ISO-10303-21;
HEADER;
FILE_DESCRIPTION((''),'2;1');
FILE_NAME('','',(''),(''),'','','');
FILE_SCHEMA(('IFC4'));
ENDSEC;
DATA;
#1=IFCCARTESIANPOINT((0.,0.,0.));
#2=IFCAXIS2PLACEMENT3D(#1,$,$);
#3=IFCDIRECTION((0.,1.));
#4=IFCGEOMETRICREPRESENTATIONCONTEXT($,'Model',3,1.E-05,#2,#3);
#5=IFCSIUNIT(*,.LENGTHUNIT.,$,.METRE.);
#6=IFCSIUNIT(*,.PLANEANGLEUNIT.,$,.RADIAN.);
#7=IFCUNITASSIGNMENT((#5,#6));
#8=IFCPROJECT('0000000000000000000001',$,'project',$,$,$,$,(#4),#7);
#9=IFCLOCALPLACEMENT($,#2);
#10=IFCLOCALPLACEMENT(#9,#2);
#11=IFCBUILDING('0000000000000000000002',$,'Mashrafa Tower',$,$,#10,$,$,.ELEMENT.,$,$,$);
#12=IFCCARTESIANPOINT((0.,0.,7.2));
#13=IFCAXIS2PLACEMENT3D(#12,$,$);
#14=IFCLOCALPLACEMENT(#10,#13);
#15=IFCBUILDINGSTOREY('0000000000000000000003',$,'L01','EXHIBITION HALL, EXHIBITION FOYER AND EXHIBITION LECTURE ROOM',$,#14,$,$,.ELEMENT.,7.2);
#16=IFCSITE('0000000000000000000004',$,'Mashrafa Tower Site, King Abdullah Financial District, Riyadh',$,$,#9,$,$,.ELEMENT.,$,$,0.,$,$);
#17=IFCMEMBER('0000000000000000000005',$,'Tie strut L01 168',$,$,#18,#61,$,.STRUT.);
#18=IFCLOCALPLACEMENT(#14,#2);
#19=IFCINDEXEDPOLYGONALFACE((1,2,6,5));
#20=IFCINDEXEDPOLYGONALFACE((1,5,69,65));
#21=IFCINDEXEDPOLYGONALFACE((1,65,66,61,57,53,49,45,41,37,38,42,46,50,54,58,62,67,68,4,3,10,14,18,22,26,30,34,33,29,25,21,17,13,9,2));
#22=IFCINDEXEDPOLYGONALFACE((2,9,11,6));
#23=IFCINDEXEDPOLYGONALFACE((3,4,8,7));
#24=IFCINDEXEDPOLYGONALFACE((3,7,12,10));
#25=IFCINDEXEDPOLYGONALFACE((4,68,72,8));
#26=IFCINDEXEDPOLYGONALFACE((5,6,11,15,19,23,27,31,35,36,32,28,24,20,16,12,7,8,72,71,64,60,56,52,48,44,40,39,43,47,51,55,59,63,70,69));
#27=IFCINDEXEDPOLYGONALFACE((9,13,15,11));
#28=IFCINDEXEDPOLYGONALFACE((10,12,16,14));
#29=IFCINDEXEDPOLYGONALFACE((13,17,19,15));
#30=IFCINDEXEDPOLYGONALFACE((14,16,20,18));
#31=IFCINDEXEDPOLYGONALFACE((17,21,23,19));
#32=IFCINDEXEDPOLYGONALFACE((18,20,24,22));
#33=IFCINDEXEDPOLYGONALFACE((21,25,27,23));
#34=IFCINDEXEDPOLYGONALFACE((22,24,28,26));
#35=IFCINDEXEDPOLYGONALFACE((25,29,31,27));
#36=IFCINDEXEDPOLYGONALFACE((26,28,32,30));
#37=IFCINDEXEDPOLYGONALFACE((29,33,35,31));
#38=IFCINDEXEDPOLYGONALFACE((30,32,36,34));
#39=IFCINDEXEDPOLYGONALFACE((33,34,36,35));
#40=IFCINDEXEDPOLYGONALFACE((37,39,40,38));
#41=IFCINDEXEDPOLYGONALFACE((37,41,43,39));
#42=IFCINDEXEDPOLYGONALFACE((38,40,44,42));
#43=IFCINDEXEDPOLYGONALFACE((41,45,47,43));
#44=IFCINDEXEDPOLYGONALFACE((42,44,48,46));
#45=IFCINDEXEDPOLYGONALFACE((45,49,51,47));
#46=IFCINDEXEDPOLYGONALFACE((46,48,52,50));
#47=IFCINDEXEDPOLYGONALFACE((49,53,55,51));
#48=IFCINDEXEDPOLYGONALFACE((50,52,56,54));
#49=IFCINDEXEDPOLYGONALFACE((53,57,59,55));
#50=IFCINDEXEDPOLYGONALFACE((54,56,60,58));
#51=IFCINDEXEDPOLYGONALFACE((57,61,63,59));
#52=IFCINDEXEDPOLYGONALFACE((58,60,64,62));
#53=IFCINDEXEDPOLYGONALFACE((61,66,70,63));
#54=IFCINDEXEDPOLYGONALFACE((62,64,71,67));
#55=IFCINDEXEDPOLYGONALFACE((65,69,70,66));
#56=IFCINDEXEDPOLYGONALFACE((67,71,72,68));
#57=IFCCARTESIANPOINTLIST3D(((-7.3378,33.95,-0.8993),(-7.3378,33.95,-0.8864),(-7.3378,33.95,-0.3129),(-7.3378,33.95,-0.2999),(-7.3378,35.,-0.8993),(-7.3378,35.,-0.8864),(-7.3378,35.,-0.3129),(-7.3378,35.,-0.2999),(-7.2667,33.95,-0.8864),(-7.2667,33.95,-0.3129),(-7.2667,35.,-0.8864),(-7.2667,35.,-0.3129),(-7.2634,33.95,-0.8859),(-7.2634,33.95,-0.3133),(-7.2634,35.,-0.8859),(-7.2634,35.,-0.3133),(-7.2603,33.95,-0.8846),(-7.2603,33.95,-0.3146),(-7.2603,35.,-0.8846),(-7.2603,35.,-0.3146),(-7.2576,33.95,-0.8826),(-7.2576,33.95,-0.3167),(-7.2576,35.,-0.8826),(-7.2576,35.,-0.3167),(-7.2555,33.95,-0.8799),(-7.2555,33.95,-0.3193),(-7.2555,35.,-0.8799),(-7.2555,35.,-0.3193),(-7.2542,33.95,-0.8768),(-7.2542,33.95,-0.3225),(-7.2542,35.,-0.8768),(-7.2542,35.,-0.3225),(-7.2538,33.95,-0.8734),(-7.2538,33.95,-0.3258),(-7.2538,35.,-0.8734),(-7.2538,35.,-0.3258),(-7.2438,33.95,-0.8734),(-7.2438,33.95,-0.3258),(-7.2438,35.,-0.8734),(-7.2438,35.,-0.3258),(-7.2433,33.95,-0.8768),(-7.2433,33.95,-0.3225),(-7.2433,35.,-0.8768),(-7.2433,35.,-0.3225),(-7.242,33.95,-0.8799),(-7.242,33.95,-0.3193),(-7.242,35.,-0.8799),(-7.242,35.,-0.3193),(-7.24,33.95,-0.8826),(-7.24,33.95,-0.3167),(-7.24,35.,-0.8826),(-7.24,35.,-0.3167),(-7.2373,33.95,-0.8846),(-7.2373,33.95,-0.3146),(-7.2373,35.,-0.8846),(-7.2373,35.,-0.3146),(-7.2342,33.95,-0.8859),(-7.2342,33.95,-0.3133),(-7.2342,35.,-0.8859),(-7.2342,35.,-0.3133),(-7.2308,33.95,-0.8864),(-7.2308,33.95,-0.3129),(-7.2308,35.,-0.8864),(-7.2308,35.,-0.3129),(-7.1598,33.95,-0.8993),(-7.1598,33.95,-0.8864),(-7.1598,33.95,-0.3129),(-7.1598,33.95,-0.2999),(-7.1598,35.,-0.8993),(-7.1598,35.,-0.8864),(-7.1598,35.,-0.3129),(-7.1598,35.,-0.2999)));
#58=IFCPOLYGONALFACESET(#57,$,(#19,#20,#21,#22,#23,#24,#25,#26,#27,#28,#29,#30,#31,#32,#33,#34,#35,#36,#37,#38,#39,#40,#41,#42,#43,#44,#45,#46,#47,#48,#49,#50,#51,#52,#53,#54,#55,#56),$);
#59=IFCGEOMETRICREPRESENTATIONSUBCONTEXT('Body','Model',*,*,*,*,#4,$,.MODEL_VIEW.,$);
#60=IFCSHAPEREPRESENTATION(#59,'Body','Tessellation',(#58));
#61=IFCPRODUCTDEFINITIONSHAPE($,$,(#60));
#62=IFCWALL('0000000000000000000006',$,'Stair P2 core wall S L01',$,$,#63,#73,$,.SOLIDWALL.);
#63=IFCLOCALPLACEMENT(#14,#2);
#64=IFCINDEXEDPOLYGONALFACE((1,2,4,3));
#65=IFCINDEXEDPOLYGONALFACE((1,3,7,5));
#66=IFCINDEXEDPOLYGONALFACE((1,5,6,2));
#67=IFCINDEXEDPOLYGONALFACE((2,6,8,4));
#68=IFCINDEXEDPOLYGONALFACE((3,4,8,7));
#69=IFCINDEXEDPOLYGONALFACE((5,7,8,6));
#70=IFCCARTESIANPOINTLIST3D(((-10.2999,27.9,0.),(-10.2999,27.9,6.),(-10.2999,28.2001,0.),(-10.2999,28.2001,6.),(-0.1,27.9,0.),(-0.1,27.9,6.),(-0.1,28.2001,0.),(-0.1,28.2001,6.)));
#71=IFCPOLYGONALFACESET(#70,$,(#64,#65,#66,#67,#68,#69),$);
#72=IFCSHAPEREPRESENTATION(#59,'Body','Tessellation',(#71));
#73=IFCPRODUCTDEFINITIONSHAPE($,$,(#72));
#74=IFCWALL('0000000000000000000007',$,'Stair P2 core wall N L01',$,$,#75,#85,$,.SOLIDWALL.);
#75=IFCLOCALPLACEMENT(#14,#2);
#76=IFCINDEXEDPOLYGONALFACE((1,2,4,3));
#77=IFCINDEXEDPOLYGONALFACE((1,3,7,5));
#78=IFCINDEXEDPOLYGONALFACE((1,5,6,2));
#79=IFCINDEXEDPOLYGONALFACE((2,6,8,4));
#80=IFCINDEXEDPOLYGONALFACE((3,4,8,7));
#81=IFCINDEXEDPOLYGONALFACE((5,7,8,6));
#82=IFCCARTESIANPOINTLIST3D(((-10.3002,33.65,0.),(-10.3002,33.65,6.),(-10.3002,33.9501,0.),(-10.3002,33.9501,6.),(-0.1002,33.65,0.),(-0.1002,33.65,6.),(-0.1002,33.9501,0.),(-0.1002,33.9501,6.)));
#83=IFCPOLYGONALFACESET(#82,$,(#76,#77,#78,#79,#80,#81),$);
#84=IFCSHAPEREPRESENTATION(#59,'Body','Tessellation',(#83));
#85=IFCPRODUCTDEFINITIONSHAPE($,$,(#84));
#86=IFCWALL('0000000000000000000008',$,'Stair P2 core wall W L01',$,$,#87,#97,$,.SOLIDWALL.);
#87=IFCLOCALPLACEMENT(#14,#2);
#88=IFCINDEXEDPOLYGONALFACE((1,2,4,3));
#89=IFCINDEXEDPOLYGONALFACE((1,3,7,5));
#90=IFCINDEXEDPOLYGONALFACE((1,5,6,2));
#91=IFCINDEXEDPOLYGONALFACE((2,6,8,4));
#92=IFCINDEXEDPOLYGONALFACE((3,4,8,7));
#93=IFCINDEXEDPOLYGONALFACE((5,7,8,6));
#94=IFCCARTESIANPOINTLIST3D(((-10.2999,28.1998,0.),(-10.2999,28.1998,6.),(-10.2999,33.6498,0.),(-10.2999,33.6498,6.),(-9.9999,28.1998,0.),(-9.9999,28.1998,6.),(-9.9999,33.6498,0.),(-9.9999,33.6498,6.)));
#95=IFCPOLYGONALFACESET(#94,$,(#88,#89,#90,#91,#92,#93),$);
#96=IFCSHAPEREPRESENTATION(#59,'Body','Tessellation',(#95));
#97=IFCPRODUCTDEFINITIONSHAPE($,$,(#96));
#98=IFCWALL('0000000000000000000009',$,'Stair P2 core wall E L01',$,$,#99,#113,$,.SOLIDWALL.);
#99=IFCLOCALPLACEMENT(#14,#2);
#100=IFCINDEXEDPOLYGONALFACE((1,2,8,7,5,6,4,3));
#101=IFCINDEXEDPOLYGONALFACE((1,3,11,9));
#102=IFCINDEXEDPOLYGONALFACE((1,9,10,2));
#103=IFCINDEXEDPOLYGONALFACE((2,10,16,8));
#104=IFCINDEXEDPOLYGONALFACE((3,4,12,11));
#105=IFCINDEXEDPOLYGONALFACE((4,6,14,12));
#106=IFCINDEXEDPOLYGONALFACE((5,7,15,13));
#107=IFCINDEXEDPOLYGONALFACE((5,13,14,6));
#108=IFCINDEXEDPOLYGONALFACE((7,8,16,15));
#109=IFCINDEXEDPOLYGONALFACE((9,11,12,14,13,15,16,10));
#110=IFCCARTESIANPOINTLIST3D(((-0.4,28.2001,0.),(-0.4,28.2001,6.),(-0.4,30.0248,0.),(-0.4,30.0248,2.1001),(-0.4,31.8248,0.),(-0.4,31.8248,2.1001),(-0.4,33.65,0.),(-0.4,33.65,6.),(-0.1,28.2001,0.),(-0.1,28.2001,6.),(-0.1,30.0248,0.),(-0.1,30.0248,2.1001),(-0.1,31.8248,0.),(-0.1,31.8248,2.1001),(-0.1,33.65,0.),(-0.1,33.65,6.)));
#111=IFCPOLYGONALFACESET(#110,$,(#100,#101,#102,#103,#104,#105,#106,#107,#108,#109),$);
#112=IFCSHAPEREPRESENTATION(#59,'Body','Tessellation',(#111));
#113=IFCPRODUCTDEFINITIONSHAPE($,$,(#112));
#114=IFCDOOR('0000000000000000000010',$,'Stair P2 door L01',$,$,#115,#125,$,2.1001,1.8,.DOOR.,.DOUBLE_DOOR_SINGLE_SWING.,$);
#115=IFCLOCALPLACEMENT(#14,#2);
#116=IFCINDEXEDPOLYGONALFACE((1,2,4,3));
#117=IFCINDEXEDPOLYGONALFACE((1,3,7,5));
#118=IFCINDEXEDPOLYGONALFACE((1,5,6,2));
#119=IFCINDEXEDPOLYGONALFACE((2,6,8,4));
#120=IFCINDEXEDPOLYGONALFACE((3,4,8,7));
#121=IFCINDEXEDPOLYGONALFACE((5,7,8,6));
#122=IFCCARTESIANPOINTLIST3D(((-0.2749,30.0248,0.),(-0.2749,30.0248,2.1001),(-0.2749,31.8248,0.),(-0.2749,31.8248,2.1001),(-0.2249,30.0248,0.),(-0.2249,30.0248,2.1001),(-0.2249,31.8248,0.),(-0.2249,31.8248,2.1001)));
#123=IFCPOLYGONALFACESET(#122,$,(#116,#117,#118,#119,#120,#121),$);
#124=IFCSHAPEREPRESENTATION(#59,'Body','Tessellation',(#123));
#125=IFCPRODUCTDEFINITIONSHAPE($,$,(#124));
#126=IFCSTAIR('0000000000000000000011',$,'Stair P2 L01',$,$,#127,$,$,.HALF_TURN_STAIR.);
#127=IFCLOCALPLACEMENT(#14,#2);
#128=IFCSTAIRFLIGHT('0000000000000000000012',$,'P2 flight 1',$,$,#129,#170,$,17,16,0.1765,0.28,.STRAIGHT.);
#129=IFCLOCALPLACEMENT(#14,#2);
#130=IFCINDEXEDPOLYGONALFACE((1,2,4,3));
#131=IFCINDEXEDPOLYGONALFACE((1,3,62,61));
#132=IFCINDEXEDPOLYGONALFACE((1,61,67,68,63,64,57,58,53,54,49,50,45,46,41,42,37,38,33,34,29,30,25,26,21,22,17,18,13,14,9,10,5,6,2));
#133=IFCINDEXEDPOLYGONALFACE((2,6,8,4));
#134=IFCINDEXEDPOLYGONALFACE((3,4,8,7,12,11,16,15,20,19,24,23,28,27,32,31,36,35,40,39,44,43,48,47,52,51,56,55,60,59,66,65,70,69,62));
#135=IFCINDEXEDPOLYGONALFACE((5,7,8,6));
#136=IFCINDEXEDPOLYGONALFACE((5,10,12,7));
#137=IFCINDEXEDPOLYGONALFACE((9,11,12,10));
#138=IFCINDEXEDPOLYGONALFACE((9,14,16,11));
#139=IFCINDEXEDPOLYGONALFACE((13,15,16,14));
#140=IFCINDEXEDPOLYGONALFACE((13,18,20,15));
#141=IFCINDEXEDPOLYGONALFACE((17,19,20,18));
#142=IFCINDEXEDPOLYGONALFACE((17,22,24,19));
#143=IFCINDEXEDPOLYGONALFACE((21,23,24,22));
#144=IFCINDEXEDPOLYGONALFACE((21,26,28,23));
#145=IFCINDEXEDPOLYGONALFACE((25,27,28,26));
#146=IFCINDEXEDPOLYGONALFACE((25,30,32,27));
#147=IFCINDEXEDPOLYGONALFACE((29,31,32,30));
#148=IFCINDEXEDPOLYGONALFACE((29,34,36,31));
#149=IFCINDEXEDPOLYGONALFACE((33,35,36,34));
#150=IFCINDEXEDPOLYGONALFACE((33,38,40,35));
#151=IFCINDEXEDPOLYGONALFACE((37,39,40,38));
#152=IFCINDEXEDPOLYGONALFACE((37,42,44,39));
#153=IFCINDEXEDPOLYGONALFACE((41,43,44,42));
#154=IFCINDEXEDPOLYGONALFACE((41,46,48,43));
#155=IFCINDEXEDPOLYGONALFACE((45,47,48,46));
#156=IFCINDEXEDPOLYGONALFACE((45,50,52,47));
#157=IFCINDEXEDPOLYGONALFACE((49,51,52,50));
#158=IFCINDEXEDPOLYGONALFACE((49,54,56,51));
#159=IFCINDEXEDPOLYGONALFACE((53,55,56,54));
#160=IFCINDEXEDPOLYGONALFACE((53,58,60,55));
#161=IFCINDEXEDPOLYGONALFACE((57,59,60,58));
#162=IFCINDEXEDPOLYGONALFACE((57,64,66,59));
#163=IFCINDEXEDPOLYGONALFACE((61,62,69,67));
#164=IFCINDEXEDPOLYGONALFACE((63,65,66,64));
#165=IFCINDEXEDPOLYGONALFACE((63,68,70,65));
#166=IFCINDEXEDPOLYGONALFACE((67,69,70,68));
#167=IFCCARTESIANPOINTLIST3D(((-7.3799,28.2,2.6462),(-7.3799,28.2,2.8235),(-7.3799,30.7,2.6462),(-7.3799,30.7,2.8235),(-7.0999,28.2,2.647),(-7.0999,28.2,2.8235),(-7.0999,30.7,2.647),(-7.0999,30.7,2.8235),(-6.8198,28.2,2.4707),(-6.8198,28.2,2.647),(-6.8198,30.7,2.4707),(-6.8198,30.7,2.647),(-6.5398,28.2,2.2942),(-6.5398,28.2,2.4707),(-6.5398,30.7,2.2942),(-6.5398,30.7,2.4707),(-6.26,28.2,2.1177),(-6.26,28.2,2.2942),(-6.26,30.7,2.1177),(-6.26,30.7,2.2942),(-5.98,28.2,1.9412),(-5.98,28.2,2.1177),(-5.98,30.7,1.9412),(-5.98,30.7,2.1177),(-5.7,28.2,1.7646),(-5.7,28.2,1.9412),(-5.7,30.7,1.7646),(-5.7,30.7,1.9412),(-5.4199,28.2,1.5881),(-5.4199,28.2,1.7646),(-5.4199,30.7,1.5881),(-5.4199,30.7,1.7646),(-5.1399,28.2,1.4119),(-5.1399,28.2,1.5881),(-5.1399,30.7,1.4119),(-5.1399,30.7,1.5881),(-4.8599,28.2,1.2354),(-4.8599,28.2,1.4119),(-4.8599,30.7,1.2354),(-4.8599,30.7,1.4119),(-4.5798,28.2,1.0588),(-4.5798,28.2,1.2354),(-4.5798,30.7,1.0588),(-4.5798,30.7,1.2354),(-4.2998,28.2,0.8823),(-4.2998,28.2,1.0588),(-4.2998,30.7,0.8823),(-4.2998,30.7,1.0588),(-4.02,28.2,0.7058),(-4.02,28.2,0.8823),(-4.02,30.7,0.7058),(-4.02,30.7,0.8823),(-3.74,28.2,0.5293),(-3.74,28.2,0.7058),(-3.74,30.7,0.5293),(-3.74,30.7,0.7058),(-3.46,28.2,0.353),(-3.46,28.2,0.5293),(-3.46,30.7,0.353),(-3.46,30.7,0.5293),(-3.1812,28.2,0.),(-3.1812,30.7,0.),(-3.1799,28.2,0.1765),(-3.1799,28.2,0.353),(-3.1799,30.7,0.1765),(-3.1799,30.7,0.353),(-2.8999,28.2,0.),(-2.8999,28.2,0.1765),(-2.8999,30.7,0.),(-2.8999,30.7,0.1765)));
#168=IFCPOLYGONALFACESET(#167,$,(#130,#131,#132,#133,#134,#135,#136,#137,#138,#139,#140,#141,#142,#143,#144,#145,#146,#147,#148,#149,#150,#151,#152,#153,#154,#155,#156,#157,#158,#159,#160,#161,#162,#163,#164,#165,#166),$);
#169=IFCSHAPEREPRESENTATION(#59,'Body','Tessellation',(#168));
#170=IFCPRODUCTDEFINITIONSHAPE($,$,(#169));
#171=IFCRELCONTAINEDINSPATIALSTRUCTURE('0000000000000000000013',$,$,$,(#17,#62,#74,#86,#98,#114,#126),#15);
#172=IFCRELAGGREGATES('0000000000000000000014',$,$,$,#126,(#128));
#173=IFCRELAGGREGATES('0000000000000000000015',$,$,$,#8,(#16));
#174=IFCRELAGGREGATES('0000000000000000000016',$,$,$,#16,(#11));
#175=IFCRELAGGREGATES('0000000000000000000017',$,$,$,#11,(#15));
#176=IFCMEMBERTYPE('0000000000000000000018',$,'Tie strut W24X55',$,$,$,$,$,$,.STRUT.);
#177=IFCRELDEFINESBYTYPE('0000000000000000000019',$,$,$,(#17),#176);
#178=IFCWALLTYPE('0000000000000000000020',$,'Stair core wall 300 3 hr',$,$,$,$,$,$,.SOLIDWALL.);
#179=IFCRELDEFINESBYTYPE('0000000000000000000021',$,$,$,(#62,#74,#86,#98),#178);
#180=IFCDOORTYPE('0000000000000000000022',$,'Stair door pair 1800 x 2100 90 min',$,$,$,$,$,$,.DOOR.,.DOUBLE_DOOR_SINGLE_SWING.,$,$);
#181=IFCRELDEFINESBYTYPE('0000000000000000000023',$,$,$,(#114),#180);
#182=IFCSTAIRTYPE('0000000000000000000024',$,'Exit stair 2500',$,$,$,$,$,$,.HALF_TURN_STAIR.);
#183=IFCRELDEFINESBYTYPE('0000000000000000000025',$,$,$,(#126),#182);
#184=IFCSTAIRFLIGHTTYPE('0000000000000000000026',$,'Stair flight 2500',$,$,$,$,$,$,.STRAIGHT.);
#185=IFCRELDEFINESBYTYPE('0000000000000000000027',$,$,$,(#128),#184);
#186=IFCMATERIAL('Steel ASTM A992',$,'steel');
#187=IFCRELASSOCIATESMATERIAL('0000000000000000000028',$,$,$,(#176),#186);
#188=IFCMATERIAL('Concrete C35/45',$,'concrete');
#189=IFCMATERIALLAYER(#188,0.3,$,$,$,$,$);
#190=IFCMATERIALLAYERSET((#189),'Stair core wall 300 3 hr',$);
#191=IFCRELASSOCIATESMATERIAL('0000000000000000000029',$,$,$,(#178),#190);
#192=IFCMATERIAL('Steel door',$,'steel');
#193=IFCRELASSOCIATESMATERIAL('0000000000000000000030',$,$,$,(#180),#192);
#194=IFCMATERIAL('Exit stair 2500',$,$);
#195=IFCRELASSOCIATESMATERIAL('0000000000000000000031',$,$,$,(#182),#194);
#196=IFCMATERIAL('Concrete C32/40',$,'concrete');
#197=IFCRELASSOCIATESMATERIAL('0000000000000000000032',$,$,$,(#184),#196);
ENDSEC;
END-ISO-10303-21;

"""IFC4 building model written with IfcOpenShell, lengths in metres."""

from ifc_helpers import new_model, si_unit, direction, frame, frame_2d, origin, origin_2d, place, context, subcontext, project, spatial, polyline, rectangle, i_section, outline, extrude, source, transform, mapped, material, layer, layer_set, material_profile, profile_set, type_object, type_shapes, element, fill, aggregate, save


model = new_model("IFC4")

# Units and contexts
model_context = context("Model", 3, precision=1e-05, world=origin(), true_north=direction((0.0, 1.0)))
body_context = subcontext(model_context, "Body", "Model", "MODEL_VIEW")
ifc_project = project(units=[si_unit("LENGTHUNIT", "METRE"), si_unit("PLANEANGLEUNIT", "RADIAN")], contexts=[model_context])

# Site, building, storey
site_placement = place(None, origin())
site = spatial("IfcSite", under=ifc_project, at=site_placement, Name="Mashrafa Tower Site, King Abdullah Financial District, Riyadh", CompositionType="ELEMENT", RefElevation=0.0)
building_placement = place(site_placement, origin())
building = spatial("IfcBuilding", under=site, at=building_placement, Name="Mashrafa Tower", CompositionType="ELEMENT")
storey_placement = place(building_placement, frame((0.0, 0.0, 7.2)))
storey = spatial("IfcBuildingStorey", under=building, at=storey_placement, Name="L01", Description="EXHIBITION HALL, EXHIBITION FOYER AND EXHIBITION LECTURE ROOM", CompositionType="ELEMENT", Elevation=7.2)

# Member
ifc_material_1 = material(Name="Steel ASTM A992", Category="steel")
ifc_material_profile_1 = material_profile(ifc_material_1, i_section(OverallWidth=0.178, OverallDepth=0.5994, WebThickness=0.01, FlangeThickness=0.0129, FilletRadius=0.0129, at=origin_2d()), Name="W24X55")
ifc_profile_set_1 = profile_set([ifc_material_profile_1], Name="Steel ASTM A992")
member_type = type_object("IfcMemberType", Name="Tie strut W24X55", PredefinedType="STRUT", material=ifc_profile_set_1)
shared_shape = source(origin(), body_context, "Body", "SweptSolid", [
    extrude(i_section(OverallWidth=0.178, OverallDepth=0.5994, WebThickness=0.01, FlangeThickness=0.0129, FilletRadius=0.0129, at=origin_2d()), origin(), (0.0, 0.0, 1.0), 1.05),
])
type_shapes(member_type, [shared_shape])
member_placement = place(storey_placement, frame((-7.2488, 33.95, -0.5996), z_axis=(0.0, 1.0, 0.0), x_axis=(-1.0, 0.0, 0.0)))
element("IfcMember", 1, at=member_placement, inside=storey, type_object=member_type, Name="Tie strut L01 168", PredefinedType="STRUT", context=body_context, shape_type="MappedRepresentation", body=[
    mapped(shared_shape, transform((0.0, 0.0, 0.0))),
])

# Walls
ifc_material_2 = material(Name="Concrete C35/45", Category="concrete")
ifc_layer = layer(ifc_material_2, 0.3)
ifc_layer_set = layer_set([ifc_layer], Name="Stair core wall 300 3 hr")
wall_type = type_object("IfcWallType", Name="Stair core wall 300 3 hr", PredefinedType="SOLIDWALL", material=ifc_layer_set)
for number, where, z_axis, x_axis, name in (
    (2, (-10.3, 28.05, 0.0), (0.0, 0.0, 1.0), (1.0, 0.0, 0.0), "Stair P2 core wall S L01"),
    (3, (-0.1001, 33.8, 0.0), (0.0, 0.0, 1.0), (-1.0, 0.0, 0.0), "Stair P2 core wall N L01"),
):
    element("IfcWall", number, at=place(storey_placement, frame(where, z_axis=z_axis, x_axis=x_axis)), inside=storey, type_object=wall_type, Name=name, PredefinedType="SOLIDWALL", context=body_context, shape_type="SweptSolid", body=[
        extrude(rectangle(XDim=10.2, YDim=0.3, at=frame_2d((5.1001, 0.0))), origin(), (0.0, 0.0, 1.0), 6.0),
    ])
wall_1_placement = place(storey_placement, frame((-10.1499, 33.6499, 0.0), z_axis=(0.0, 0.0, 1.0), x_axis=(0.0, -1.0, 0.0)))
element("IfcWall", 4, at=wall_1_placement, inside=storey, type_object=wall_type, Name="Stair P2 core wall W L01", PredefinedType="SOLIDWALL", context=body_context, shape_type="SweptSolid", body=[
    extrude(rectangle(XDim=5.45, YDim=0.3, at=frame_2d((2.7251, 0.0))), origin(), (0.0, 0.0, 1.0), 6.0),
])

# Wall, opening, door
wall_2_placement = place(storey_placement, frame((-0.25, 28.2, 0.0), z_axis=(0.0, 0.0, 1.0), x_axis=(0.0, 1.0, 0.0)))
wall_2 = element("IfcWall", 5, at=wall_2_placement, inside=storey, type_object=wall_type, Name="Stair P2 core wall E L01", PredefinedType="SOLIDWALL", context=body_context, shape_type="SweptSolid", body=[
    extrude(rectangle(XDim=5.45, YDim=0.3, at=frame_2d((2.7251, 0.0))), origin(), (0.0, 0.0, 1.0), 6.0),
])
opening_placement = place(wall_2_placement, frame((1.825, 0.0, 0.0)))
opening = element("IfcOpeningElement", 6, at=opening_placement, cuts=wall_2, PredefinedType="OPENING", context=body_context, shape_type="SweptSolid", body=[
    extrude(rectangle(XDim=1.8, YDim=2.1001, at=frame_2d((0.8999, 1.05))), frame((0.0, 0.1599, 0.0), z_axis=(0.0, -1.0, 0.0), x_axis=(1.0, 0.0, 0.0)), (0.0, 0.0, 1.0), 0.3201),
])
ifc_material_3 = material(Name="Steel door", Category="steel")
door_type = type_object("IfcDoorType", Name="Stair door pair 1800 x 2100 90 min", OperationType="DOUBLE_DOOR_SINGLE_SWING", PredefinedType="DOOR", material=ifc_material_3)
door_placement = place(opening_placement, origin())
door = element("IfcDoor", 7, at=door_placement, inside=storey, type_object=door_type, Name="Stair P2 door L01", OperationType="DOUBLE_DOOR_SINGLE_SWING", OverallHeight=2.1001, OverallWidth=1.8, PredefinedType="DOOR", context=body_context, shape_type="SweptSolid", body=[
    extrude(rectangle(XDim=1.8, YDim=2.1001, at=frame_2d((0.8999, 1.05))), frame((0.0, 0.0249, 0.0), z_axis=(0.0, -1.0, 0.0), x_axis=(1.0, 0.0, 0.0)), (0.0, 0.0, 1.0), 0.05),
])
fill(opening, door)

# Stair, stair flight
ifc_material_4 = material(Name="Exit stair 2500")
stair_type = type_object("IfcStairType", Name="Exit stair 2500", PredefinedType="HALF_TURN_STAIR", material=ifc_material_4)
stair_placement = place(storey_placement, origin())
stair = element("IfcStair", 8, at=stair_placement, inside=storey, type_object=stair_type, Name="Stair P2 L01", PredefinedType="HALF_TURN_STAIR")
ifc_material_5 = material(Name="Concrete C32/40", Category="concrete")
stair_flight_type = type_object("IfcStairFlightType", Name="Stair flight 2500", PredefinedType="STRAIGHT", material=ifc_material_5)
stair_flight_1_placement = place(storey_placement, frame((-2.8999, 29.45, 0.0), z_axis=(0.0, 0.0, 1.0), x_axis=(-1.0, 0.0, 0.0)))
stair_flight_1 = element("IfcStairFlight", 9, at=stair_flight_1_placement, type_object=stair_flight_type, Name="P2 flight 1", NumberOfRisers=17, NumberOfTreads=16, PredefinedType="STRAIGHT", RiserHeight=0.1765, TreadLength=0.28, context=body_context, shape_type="SweptSolid", body=[
    extrude(outline(polyline([(0.0, 0.0), (0.0, 0.1765), (0.28, 0.1765), (0.28, 0.353), (0.5601, 0.353), (0.5601, 0.5293), (0.8401, 0.5293), (0.8401, 0.7058), (1.1201, 0.7058), (1.1201, 0.8823), (1.3999, 0.8823), (1.3999, 1.0588), (1.6799, 1.0588), (1.6799, 1.2354), (1.96, 1.2354), (1.96, 1.4119), (2.24, 1.4119), (2.24, 1.5881), (2.52, 1.5881), (2.52, 1.7646), (2.8, 1.7646), (2.8, 1.9412), (3.0801, 1.9412), (3.0801, 2.1177), (3.3601, 2.1177), (3.3601, 2.2942), (3.6399, 2.2942), (3.6399, 2.4707), (3.9199, 2.4707), (3.9199, 2.647), (4.2, 2.647), (4.2, 2.8235), (4.48, 2.8235), (4.48, 3.0), (4.48, 2.6462), (0.2812, 0.0), (0.0, 0.0)])), frame((0.0, 1.25, 0.0), z_axis=(0.0, -1.0, 0.0), x_axis=(1.0, 0.0, 0.0)), (0.0, 0.0, 1.0), 2.5),
])
aggregate(stair, [stair_flight_1])

save(model, "model.ifc")
